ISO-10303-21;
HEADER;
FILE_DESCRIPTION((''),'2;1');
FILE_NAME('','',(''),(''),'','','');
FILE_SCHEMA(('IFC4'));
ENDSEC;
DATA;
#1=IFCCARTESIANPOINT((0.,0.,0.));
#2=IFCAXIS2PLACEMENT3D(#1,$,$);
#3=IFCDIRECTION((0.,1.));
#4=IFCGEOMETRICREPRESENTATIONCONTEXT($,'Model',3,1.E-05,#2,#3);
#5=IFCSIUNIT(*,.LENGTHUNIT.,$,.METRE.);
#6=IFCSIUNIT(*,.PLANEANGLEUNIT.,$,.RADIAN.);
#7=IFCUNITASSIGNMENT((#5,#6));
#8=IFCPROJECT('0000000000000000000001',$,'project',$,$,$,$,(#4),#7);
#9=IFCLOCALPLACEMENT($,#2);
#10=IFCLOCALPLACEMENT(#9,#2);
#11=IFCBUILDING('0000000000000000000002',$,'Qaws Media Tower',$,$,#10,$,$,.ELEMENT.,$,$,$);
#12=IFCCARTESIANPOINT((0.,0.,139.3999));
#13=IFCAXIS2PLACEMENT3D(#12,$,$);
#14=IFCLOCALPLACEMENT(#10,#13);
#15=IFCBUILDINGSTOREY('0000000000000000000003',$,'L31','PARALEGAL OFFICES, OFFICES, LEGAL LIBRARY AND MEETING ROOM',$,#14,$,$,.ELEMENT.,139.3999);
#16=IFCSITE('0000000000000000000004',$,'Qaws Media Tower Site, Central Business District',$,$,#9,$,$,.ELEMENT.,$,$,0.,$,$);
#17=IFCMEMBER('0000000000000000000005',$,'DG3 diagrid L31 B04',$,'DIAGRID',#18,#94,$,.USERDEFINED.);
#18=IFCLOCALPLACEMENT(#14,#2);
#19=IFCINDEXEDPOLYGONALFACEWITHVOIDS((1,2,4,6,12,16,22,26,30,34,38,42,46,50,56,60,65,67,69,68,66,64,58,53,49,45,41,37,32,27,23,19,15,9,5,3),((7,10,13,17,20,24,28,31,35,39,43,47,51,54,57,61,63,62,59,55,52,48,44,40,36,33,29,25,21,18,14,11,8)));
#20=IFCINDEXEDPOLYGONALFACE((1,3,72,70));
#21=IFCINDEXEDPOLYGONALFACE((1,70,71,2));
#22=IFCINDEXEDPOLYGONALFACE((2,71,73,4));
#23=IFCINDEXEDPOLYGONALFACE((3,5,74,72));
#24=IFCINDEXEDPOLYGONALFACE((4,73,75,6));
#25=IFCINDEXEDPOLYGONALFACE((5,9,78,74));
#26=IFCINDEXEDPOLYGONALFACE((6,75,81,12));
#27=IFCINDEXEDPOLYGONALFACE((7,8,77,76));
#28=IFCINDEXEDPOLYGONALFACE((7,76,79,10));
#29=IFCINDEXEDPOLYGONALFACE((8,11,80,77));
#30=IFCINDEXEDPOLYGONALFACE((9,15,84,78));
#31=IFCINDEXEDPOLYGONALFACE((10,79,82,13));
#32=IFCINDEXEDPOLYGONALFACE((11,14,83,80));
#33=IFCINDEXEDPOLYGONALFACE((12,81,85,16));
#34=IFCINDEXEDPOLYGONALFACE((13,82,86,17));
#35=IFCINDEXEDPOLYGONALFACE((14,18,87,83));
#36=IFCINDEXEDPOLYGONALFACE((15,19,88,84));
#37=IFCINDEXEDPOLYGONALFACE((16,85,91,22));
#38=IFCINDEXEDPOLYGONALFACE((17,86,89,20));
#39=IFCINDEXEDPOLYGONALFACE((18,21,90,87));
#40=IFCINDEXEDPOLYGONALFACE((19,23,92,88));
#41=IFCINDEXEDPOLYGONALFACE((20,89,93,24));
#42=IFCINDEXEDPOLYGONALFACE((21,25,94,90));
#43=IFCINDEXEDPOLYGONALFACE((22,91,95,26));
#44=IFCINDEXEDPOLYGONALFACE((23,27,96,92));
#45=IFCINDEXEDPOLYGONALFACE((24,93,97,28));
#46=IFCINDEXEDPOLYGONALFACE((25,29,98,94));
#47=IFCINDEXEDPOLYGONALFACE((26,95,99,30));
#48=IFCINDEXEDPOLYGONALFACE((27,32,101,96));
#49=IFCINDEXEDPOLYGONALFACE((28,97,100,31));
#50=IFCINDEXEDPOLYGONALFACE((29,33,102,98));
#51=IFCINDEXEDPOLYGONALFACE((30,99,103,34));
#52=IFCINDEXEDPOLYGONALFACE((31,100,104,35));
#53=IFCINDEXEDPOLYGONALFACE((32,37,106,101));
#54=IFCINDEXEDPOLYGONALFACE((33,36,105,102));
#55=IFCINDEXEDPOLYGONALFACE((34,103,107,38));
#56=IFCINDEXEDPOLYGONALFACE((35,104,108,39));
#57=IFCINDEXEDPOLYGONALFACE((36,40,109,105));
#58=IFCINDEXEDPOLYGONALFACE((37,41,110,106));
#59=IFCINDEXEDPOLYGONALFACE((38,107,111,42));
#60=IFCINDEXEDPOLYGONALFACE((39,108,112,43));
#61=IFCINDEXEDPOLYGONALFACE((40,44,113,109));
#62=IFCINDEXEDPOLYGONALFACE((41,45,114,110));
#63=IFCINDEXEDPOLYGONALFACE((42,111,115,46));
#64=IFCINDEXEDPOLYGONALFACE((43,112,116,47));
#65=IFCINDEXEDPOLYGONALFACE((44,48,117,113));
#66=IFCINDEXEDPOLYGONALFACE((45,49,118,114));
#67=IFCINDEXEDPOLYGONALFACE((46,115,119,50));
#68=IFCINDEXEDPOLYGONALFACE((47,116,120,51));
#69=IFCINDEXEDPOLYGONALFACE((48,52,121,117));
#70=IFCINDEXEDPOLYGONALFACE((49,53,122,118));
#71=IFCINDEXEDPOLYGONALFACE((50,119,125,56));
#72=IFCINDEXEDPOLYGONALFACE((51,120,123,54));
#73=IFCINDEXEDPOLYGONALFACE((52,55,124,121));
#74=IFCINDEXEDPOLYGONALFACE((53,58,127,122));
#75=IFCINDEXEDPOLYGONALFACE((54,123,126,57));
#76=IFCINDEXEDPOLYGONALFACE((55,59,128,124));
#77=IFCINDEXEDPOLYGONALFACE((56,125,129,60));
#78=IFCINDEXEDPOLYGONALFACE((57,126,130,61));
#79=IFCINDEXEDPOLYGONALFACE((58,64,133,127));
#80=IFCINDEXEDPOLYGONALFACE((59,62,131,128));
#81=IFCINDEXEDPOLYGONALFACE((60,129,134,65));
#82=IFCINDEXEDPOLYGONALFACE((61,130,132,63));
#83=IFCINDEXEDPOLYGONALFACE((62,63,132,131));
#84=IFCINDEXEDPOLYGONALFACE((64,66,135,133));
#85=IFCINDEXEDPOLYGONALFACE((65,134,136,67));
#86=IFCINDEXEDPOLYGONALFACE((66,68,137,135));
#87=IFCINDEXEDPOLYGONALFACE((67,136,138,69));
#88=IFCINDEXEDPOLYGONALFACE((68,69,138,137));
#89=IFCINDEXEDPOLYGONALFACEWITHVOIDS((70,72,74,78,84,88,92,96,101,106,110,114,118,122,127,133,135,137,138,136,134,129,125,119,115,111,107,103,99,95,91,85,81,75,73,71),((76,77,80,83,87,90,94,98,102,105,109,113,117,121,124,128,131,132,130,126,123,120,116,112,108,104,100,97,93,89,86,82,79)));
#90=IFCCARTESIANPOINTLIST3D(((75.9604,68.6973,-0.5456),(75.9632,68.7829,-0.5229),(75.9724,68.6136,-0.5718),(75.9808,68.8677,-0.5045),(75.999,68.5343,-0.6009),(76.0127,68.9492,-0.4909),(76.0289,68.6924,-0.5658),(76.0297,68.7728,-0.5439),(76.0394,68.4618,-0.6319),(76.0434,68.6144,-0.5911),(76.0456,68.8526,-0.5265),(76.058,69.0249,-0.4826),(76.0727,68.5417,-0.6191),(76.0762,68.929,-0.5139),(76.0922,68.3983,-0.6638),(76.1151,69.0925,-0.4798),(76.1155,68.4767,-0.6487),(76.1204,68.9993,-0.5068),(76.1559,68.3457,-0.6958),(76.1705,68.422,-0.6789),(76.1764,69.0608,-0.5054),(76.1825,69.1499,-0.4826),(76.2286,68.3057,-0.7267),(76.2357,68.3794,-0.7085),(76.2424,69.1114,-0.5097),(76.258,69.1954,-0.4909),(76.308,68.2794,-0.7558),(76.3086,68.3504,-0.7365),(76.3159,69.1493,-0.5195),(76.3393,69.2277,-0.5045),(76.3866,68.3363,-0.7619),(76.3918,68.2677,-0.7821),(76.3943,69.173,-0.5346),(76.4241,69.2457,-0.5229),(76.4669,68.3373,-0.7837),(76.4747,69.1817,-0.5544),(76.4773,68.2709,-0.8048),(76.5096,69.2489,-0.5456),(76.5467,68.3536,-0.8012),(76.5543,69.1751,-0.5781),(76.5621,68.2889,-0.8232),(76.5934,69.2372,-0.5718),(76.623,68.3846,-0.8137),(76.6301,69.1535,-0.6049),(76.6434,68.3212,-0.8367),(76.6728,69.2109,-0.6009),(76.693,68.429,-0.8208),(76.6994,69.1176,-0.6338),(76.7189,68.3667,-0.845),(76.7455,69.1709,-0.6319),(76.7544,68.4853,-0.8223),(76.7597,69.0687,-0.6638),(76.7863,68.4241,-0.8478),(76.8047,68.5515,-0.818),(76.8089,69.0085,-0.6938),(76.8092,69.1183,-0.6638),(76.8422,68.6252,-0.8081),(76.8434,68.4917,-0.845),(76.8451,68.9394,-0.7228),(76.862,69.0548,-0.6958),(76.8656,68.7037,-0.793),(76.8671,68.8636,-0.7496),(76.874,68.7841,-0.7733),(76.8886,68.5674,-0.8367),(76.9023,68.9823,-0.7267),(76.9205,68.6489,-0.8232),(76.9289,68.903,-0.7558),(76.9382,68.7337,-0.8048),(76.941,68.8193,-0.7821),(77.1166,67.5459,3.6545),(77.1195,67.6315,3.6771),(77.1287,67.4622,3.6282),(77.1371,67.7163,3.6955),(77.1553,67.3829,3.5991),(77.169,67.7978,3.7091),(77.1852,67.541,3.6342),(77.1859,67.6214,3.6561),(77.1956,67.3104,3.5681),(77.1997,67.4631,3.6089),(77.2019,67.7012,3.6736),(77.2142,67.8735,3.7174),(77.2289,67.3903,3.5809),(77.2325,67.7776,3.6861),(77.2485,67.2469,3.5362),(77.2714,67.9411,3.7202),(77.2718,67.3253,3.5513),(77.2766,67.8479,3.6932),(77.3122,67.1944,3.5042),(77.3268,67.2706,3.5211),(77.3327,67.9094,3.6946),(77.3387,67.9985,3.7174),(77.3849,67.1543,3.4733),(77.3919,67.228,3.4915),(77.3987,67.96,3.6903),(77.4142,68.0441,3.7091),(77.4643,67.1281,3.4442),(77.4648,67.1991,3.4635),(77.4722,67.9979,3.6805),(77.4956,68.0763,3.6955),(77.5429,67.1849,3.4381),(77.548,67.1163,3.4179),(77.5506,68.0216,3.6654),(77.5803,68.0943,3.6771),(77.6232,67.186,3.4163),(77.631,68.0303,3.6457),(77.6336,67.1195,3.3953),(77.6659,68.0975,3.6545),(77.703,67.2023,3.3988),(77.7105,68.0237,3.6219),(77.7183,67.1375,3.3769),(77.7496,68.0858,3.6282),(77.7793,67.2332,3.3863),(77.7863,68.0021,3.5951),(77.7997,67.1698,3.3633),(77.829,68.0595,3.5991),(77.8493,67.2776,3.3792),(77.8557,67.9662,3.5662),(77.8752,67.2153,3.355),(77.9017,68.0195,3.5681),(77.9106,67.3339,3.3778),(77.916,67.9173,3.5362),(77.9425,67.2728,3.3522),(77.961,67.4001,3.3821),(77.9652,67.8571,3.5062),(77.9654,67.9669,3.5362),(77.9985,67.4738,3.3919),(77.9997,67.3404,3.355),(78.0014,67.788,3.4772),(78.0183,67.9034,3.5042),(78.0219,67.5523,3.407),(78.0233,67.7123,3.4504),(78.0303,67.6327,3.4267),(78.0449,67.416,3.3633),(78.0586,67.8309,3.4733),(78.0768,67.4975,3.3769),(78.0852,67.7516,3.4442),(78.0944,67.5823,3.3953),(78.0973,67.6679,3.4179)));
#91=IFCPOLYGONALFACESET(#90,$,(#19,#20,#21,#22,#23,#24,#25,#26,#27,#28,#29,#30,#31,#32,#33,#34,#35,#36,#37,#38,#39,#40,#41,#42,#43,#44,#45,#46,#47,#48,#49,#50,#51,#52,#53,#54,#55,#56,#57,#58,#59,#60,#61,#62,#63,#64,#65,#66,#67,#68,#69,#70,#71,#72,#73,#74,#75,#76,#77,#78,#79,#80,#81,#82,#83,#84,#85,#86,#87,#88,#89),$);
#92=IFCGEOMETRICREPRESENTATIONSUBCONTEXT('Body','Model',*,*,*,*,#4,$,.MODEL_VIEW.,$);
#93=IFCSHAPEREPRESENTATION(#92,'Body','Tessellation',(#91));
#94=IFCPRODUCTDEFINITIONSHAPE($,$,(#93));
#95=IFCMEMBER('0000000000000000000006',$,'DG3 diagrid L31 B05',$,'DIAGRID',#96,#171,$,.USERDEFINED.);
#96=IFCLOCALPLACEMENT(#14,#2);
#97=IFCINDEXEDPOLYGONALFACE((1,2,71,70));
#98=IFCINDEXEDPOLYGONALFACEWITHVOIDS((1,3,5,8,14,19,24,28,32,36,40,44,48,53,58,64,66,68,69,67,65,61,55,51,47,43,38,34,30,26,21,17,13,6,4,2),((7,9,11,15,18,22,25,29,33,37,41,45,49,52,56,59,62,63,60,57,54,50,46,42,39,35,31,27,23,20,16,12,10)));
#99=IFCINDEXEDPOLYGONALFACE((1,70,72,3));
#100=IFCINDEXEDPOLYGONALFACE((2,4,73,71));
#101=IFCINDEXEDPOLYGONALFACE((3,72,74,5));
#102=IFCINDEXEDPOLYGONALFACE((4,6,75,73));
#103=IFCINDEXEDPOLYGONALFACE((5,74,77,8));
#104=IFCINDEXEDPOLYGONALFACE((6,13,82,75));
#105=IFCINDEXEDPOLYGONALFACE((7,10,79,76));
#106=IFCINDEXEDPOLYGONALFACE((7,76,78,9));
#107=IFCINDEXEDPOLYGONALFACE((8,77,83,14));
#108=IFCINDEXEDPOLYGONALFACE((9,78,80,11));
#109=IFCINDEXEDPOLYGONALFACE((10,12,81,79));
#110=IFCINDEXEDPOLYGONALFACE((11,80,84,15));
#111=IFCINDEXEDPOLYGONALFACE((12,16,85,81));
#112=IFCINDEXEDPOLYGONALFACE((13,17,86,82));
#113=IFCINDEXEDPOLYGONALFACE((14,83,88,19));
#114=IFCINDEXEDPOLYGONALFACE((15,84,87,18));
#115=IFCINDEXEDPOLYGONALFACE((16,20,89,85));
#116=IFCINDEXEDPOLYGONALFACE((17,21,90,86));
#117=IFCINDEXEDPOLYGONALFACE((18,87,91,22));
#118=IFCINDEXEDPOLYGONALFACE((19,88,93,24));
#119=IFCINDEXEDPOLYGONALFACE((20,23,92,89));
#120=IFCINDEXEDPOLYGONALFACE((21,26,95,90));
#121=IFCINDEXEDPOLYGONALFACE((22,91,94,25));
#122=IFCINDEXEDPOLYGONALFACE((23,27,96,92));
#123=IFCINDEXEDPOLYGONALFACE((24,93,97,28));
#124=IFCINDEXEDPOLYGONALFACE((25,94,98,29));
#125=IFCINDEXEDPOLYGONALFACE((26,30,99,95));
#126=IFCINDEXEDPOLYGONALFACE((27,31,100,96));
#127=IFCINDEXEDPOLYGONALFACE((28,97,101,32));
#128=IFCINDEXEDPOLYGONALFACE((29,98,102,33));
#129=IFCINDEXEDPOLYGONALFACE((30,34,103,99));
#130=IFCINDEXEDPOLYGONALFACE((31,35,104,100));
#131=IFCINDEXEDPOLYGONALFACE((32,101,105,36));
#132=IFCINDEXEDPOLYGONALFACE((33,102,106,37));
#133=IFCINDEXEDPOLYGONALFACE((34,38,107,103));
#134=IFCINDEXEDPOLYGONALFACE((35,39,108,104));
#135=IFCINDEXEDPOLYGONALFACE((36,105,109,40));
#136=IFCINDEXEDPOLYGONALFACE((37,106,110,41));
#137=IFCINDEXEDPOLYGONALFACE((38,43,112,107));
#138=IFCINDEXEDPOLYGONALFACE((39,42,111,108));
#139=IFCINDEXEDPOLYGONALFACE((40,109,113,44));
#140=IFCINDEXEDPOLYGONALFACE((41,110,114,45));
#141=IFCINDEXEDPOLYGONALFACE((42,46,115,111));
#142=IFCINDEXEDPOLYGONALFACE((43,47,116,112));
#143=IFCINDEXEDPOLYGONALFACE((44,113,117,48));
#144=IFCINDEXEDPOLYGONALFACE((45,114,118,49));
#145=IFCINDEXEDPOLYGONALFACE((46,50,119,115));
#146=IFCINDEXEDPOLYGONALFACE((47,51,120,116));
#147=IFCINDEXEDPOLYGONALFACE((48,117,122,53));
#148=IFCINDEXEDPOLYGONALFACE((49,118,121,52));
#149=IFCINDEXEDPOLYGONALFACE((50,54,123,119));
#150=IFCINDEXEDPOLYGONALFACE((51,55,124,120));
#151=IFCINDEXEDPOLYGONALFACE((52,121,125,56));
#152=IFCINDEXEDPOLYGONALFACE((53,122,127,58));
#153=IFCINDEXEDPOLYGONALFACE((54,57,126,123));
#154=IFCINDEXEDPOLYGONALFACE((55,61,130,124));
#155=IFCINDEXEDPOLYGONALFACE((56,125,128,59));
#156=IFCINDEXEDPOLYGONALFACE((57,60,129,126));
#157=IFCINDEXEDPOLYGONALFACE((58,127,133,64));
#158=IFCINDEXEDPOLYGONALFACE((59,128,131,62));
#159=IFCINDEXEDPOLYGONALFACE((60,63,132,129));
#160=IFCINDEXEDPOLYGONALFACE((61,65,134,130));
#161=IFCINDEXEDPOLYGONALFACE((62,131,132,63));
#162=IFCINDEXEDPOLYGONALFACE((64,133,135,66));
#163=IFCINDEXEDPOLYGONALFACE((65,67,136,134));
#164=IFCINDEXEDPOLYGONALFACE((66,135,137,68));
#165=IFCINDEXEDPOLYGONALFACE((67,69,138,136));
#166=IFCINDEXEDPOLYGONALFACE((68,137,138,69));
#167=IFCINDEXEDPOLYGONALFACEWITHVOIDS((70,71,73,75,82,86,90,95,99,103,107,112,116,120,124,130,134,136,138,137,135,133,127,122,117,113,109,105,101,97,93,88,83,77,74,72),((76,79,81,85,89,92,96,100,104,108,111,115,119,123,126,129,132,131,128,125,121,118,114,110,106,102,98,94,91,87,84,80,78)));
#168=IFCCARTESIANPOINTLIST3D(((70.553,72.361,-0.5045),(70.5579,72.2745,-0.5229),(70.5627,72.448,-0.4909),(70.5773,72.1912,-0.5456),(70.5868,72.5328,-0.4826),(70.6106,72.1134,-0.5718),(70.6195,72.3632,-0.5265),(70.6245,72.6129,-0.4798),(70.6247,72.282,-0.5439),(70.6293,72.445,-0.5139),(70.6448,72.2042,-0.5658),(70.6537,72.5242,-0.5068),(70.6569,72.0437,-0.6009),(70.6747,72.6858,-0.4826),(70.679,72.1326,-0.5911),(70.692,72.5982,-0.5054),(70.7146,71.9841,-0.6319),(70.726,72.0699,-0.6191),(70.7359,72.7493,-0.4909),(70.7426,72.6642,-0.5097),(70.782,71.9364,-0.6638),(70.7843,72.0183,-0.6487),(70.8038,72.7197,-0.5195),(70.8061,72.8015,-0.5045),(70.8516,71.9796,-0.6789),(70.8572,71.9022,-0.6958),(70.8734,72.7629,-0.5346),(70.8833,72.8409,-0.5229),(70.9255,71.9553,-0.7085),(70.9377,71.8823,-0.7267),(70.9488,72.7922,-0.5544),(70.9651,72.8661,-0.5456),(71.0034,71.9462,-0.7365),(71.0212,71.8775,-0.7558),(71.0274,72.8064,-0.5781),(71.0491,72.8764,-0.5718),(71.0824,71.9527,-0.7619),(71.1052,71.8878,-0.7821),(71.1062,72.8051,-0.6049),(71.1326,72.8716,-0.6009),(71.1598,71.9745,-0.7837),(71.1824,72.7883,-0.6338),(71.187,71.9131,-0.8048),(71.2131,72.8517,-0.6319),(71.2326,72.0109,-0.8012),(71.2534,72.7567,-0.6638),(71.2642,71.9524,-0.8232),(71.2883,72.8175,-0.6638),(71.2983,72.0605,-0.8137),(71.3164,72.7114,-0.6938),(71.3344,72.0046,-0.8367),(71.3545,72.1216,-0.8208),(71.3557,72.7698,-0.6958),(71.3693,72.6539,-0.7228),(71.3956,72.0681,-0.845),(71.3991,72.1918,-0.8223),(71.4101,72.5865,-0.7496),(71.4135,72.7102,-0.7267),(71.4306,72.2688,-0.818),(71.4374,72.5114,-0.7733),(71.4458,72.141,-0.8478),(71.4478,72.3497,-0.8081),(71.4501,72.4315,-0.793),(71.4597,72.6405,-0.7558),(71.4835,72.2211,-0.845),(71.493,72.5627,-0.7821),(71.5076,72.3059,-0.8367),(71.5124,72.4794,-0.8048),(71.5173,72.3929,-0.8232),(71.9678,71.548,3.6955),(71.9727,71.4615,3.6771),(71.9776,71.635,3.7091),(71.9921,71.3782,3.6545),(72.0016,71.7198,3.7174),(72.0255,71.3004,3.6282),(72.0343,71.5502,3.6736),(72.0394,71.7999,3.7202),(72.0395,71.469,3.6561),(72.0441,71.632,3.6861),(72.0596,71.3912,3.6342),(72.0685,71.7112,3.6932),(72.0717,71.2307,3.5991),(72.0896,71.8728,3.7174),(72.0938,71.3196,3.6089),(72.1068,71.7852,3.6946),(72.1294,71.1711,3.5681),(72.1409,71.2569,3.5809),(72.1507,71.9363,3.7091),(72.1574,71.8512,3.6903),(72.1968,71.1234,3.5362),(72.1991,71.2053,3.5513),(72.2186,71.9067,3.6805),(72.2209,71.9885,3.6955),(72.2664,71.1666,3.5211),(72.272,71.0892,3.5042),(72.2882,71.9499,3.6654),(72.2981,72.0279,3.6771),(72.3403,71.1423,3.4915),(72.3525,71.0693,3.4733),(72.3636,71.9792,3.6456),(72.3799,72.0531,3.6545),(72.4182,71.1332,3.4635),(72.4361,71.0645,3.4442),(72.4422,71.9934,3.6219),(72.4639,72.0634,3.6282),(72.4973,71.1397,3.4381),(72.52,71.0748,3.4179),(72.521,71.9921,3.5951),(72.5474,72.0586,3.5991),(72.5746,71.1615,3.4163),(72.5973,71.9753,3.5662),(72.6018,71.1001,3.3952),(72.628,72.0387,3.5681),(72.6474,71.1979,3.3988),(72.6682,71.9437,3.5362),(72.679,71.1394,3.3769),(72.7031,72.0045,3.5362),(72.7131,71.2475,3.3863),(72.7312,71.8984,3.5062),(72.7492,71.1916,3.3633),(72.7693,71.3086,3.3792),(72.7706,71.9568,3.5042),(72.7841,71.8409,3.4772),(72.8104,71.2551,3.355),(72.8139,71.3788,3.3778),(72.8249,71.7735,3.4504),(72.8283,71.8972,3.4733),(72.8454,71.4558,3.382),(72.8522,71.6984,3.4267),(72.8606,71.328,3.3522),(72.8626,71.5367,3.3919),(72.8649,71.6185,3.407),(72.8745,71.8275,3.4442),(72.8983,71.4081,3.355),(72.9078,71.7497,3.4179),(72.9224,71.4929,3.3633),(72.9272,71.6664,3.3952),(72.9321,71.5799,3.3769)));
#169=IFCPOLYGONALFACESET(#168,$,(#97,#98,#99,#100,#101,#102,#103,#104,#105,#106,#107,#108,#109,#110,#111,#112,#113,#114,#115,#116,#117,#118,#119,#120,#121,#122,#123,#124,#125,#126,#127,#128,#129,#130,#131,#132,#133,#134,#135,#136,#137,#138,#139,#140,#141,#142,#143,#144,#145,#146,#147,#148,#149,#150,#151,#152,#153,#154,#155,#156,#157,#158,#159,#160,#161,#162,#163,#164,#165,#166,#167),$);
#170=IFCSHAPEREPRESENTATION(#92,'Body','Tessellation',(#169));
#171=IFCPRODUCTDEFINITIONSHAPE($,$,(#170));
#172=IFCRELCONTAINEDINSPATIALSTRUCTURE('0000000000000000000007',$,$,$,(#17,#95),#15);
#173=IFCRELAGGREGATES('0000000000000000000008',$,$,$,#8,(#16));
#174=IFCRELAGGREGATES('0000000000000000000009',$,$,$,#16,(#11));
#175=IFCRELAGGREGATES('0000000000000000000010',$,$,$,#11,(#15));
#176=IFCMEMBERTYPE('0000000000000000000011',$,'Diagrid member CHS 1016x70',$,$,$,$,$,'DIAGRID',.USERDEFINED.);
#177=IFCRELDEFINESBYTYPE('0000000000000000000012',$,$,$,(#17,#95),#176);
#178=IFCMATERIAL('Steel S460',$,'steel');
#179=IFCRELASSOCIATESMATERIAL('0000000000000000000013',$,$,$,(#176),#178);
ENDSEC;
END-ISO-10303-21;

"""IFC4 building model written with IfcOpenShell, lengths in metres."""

from ifc_helpers import new_model, si_unit, direction, frame, origin, origin_2d, place, context, subcontext, project, spatial, hollow_circle, extrude, material, material_profile, profile_set, type_object, element, save


model = new_model("IFC4")

# Units and contexts
model_context = context("Model", 3, precision=1e-05, world=origin(), true_north=direction((0.0, 1.0)))
body_context = subcontext(model_context, "Body", "Model", "MODEL_VIEW")
ifc_project = project(units=[si_unit("LENGTHUNIT", "METRE"), si_unit("PLANEANGLEUNIT", "RADIAN")], contexts=[model_context])

# Site, building, storey
site_placement = place(None, origin())
site = spatial("IfcSite", under=ifc_project, at=site_placement, Name="Qaws Media Tower Site, Central Business District", CompositionType="ELEMENT", RefElevation=0.0)
building_placement = place(site_placement, origin())
building = spatial("IfcBuilding", under=site, at=building_placement, Name="Qaws Media Tower", CompositionType="ELEMENT")
storey_placement = place(building_placement, frame((0.0, 0.0, 139.3999)))
storey = spatial("IfcBuildingStorey", under=building, at=storey_placement, Name="L31", Description="PARALEGAL OFFICES, OFFICES, LEGAL LIBRARY AND MEETING ROOM", CompositionType="ELEMENT", Elevation=139.3999)

# Members
ifc_material_1 = material(Name="Steel S460", Category="steel")
ifc_material_profile_1 = material_profile(ifc_material_1, hollow_circle(Radius=0.5081, WallThickness=0.0701, at=origin_2d()), Name="CHS 1016x70")
ifc_profile_set_1 = profile_set([ifc_material_profile_1], Name="Steel S460")
member_type_1 = type_object("IfcMemberType", Name="Diagrid member CHS 1016x70", ElementType="DIAGRID", PredefinedType="USERDEFINED", material=ifc_profile_set_1)
for number, where, z_axis, x_axis, name in (
    (1, (76.4507, 68.7583, -0.6638), (0.256614, -0.255531, 0.932123), (0.705609, 0.708601, 0.0), "DG3 diagrid L31 B04"),
    (2, (71.0352, 72.377, -0.6638), (0.313995, -0.180432, 0.932122), (0.498232, 0.867044, 0.0), "DG3 diagrid L31 B05"),
):
    element("IfcMember", number, at=place(storey_placement, frame(where, z_axis=z_axis, x_axis=x_axis)), inside=storey, type_object=member_type_1, Name=name, ObjectType="DIAGRID", PredefinedType="USERDEFINED", context=body_context, shape_type="SweptSolid", body=[
        extrude(hollow_circle(Radius=0.5081, WallThickness=0.0701, at=origin_2d()), origin(), (0.0, 0.0, 1.0), 4.5059),
    ])

save(model, "model.ifc")
